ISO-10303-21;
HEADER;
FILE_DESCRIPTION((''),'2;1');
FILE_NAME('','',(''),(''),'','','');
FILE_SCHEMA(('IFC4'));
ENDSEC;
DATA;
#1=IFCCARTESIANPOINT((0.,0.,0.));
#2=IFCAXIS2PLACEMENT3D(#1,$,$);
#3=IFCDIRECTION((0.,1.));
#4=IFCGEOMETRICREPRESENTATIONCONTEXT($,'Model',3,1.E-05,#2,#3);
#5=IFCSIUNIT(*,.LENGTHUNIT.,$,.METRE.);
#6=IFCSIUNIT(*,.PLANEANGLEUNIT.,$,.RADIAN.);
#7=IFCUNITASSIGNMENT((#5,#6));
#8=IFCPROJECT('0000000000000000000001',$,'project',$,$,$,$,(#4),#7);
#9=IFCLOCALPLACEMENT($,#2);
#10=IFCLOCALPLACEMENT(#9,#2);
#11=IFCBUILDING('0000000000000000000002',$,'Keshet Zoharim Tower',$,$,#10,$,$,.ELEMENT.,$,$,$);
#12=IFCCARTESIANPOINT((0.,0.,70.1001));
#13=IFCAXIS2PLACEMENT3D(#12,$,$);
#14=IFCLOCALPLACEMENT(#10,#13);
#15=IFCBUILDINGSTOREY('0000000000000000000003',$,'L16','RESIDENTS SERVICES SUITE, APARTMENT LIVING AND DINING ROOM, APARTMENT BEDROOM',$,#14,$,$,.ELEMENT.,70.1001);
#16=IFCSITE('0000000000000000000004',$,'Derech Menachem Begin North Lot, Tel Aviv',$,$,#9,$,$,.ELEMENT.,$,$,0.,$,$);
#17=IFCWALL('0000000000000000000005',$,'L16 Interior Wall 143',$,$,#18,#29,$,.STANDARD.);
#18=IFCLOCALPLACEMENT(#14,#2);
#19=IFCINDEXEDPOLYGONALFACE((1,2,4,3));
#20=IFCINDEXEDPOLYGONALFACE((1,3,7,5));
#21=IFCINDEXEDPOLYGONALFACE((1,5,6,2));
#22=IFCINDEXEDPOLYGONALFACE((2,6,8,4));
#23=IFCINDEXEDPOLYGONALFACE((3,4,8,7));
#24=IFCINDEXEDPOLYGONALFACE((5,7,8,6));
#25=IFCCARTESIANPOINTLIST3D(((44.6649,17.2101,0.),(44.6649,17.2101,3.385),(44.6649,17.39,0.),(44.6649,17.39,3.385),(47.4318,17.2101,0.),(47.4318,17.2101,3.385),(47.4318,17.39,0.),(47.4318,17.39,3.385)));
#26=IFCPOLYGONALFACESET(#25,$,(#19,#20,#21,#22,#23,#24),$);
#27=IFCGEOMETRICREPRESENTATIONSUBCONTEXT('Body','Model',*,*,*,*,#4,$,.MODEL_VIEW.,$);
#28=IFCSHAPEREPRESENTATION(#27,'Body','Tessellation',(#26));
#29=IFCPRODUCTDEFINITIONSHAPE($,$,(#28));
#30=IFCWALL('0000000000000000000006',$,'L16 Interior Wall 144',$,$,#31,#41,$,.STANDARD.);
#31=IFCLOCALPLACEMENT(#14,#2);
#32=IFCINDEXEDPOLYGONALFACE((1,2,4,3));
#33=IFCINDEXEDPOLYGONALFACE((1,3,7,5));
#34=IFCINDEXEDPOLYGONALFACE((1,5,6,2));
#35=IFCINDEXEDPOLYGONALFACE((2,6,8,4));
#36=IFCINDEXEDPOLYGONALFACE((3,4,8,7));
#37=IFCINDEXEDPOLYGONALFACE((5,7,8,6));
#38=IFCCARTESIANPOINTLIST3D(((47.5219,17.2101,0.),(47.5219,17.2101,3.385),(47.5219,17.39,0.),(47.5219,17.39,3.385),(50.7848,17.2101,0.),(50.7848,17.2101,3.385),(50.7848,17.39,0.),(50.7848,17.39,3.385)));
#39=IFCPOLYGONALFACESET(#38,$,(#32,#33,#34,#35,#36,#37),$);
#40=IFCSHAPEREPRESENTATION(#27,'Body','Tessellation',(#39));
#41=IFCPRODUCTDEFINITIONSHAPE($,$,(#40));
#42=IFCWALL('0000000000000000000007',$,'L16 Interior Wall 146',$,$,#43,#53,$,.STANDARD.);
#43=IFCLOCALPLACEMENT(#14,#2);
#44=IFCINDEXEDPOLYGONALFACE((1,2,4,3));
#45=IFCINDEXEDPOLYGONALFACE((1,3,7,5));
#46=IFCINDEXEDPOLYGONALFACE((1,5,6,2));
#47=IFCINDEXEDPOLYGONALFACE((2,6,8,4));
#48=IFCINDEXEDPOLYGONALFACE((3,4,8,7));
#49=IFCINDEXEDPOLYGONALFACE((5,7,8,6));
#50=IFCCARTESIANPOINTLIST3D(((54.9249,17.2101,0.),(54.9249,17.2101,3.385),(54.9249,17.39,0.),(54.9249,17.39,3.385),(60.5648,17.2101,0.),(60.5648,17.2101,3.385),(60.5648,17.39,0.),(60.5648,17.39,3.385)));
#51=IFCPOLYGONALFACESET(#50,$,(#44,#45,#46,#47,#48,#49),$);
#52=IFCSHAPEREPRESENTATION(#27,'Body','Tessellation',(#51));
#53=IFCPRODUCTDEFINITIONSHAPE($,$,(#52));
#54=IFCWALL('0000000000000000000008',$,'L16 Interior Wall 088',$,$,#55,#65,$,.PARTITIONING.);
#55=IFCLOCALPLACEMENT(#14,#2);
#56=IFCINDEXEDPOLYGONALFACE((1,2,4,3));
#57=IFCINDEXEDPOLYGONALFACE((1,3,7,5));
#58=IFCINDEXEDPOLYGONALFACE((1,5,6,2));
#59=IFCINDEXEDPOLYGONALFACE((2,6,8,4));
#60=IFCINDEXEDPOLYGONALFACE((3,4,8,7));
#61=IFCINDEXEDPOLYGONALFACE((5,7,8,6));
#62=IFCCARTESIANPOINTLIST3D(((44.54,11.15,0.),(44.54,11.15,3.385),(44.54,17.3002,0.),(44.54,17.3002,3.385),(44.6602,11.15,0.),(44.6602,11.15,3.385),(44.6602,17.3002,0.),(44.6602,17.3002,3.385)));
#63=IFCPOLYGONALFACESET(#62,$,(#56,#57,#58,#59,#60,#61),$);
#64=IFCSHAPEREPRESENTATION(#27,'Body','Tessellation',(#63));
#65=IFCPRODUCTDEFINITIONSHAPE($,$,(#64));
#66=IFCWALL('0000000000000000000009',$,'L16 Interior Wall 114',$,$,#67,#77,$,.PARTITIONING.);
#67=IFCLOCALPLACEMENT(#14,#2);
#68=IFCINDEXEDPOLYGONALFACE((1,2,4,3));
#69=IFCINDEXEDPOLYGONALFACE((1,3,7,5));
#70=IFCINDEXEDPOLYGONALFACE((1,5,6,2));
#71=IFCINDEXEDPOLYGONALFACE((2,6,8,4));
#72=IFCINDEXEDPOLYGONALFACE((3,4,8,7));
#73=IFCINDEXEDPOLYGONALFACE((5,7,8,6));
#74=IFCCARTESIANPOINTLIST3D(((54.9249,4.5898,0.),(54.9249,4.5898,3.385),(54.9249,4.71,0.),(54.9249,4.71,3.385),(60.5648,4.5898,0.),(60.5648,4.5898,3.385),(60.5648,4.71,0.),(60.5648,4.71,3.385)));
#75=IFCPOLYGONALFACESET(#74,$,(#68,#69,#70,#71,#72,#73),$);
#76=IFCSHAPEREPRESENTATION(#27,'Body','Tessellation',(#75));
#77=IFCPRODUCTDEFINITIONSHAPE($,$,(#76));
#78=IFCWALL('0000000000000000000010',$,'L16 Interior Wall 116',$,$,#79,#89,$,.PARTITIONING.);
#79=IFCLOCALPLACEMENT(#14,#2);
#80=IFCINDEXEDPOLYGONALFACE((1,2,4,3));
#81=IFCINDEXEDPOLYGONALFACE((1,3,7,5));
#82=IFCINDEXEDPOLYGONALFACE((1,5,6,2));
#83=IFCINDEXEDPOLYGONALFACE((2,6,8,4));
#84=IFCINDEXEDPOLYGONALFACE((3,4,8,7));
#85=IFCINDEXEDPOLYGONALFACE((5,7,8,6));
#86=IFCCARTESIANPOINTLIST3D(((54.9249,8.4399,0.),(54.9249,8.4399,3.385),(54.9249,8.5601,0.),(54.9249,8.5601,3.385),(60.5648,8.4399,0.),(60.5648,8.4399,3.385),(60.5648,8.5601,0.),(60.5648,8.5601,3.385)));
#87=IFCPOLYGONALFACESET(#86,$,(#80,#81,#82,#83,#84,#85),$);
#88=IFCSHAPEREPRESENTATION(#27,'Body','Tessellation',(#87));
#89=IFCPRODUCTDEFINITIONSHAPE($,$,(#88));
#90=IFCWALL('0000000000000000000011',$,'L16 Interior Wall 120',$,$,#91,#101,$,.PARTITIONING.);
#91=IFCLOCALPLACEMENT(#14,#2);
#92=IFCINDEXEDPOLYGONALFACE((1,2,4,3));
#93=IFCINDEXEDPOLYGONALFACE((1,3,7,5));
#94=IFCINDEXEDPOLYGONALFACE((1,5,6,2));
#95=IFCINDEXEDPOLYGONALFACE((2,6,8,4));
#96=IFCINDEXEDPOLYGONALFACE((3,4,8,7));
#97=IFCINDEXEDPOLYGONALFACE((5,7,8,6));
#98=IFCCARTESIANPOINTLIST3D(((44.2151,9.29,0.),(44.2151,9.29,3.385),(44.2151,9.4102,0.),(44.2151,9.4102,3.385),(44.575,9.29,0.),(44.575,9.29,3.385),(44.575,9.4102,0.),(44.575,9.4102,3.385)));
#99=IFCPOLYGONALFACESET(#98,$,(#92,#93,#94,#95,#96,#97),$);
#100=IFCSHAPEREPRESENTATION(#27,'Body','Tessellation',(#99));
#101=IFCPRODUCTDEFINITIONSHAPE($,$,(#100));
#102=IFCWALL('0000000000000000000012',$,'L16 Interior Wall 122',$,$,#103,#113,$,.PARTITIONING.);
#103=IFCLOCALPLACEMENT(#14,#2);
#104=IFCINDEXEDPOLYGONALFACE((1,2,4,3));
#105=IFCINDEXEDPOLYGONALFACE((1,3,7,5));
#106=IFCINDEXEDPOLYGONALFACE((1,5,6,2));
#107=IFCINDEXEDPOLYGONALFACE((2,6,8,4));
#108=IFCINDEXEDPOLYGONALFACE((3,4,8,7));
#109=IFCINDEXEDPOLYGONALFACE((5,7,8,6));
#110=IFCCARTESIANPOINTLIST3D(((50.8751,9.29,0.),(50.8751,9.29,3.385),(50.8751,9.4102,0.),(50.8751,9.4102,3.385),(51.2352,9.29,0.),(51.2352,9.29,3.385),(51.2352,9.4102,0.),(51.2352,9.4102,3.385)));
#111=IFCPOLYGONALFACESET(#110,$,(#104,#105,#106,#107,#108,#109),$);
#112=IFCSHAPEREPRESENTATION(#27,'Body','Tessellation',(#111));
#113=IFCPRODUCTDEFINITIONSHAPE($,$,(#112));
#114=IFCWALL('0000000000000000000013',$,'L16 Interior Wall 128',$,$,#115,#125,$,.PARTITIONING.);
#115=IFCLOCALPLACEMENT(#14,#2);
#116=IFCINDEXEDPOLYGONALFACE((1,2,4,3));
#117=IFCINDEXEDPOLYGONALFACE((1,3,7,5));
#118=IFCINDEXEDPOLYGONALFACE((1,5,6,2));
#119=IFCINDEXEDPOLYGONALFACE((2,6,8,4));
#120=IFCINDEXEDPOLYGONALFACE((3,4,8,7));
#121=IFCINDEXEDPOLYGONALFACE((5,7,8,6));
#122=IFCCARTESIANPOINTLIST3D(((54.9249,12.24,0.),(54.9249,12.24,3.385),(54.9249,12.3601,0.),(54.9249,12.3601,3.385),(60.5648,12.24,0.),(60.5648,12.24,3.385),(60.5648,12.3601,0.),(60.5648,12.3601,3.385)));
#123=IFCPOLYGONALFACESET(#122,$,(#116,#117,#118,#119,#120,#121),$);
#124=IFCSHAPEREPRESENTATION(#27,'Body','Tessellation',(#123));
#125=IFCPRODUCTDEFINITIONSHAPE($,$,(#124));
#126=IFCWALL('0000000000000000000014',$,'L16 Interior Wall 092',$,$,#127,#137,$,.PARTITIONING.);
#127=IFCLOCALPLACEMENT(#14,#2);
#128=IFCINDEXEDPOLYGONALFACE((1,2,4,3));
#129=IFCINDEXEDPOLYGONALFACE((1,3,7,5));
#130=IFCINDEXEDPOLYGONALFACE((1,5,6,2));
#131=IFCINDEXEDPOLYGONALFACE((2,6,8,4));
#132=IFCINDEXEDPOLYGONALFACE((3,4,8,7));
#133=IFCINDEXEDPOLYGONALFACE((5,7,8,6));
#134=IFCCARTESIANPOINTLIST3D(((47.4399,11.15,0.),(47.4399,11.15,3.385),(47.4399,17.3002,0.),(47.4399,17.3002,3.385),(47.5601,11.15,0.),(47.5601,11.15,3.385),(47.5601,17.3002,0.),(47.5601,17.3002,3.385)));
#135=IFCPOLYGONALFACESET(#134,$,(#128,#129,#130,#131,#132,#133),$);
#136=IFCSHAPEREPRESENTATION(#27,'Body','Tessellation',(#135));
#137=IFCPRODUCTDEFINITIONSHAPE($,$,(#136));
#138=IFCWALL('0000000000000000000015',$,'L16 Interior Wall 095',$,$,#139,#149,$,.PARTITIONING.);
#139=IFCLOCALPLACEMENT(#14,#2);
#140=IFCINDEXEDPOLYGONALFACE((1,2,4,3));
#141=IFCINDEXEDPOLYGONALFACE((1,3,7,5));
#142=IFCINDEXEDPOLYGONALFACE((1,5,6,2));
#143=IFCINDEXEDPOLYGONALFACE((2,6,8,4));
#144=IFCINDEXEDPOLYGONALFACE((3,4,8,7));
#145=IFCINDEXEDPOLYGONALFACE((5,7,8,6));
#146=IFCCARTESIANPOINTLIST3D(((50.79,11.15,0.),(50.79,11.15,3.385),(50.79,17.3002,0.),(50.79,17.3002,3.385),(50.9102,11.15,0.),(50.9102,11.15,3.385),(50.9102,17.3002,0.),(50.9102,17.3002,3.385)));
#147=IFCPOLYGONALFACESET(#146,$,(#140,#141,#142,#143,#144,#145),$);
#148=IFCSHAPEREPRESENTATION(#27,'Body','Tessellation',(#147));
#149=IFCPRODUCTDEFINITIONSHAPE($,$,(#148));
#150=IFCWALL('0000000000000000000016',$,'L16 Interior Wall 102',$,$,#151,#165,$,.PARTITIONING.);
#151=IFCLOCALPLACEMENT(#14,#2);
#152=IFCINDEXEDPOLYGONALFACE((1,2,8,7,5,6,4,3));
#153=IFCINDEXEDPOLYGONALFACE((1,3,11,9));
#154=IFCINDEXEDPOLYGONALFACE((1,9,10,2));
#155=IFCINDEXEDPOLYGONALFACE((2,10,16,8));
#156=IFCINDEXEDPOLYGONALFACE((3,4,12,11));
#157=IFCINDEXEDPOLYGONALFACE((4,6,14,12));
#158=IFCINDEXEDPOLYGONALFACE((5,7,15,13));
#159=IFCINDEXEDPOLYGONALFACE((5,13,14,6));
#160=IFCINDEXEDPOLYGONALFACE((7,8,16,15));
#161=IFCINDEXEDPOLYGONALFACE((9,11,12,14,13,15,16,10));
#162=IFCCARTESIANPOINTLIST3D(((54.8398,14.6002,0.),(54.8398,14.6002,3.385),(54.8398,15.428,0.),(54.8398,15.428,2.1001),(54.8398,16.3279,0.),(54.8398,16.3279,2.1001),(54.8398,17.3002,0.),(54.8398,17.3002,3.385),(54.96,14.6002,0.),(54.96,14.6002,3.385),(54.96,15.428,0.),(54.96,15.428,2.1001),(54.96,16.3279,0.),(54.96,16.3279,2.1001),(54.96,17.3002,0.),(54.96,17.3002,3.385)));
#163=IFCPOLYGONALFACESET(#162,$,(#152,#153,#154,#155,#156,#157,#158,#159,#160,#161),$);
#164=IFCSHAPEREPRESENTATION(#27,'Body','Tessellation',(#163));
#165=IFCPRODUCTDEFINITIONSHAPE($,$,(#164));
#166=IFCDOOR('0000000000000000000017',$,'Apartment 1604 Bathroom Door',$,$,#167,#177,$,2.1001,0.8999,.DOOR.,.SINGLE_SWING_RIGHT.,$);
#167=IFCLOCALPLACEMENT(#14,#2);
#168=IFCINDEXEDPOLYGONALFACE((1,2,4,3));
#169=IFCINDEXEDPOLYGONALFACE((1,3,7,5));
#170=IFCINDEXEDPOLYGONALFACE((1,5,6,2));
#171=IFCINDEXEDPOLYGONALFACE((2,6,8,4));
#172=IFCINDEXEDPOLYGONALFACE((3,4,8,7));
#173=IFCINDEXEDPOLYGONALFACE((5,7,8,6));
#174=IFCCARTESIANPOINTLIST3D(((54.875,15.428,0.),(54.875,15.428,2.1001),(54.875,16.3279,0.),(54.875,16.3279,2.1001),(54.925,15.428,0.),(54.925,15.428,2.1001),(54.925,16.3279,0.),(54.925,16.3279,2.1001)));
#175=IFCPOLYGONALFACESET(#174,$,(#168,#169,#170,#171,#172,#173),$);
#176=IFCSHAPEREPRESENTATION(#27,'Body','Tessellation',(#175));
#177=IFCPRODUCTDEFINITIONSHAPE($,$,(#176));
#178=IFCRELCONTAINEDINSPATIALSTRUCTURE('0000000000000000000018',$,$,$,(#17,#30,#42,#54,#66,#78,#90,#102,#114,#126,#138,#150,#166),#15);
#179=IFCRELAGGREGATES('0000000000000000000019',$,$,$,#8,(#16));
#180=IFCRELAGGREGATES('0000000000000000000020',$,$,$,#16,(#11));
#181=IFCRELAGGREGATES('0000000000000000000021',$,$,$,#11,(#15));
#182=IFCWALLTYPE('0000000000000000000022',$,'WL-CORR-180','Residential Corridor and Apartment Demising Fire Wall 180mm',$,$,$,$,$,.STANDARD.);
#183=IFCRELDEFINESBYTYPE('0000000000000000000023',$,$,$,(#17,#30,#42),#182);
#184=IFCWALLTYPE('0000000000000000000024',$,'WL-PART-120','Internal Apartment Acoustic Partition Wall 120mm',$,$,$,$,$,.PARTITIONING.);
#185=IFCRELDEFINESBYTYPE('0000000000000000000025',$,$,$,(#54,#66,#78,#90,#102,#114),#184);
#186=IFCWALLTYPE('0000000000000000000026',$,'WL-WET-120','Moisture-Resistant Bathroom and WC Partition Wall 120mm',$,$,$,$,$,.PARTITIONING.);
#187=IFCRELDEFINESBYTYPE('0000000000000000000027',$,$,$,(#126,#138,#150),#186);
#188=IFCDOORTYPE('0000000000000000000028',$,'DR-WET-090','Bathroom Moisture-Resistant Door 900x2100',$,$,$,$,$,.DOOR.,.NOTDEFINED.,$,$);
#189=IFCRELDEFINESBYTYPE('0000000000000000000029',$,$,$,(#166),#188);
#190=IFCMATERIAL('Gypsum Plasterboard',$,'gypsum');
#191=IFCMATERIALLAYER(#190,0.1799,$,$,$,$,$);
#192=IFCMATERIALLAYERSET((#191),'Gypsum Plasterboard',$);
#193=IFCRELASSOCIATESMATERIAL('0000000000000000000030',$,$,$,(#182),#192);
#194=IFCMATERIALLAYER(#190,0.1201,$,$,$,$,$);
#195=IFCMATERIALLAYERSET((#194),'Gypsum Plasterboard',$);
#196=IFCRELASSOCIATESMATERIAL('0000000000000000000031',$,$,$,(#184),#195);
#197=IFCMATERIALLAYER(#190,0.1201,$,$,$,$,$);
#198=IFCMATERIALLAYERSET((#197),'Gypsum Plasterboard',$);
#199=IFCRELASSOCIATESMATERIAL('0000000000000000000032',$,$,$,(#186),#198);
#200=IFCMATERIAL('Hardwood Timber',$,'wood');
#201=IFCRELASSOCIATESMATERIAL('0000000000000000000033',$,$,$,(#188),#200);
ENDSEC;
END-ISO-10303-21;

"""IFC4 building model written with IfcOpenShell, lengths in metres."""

from ifc_helpers import new_model, si_unit, direction, frame, frame_2d, origin, place, context, subcontext, project, spatial, rectangle, extrude, material, layer, layer_set, type_object, element, fill, save


model = new_model("IFC4")

# Units and contexts
model_context = context("Model", 3, precision=1e-05, world=origin(), true_north=direction((0.0, 1.0)))
body_context = subcontext(model_context, "Body", "Model", "MODEL_VIEW")
ifc_project = project(units=[si_unit("LENGTHUNIT", "METRE"), si_unit("PLANEANGLEUNIT", "RADIAN")], contexts=[model_context])

# Site, building, storey
site_placement = place(None, origin())
site = spatial("IfcSite", under=ifc_project, at=site_placement, Name="Derech Menachem Begin North Lot, Tel Aviv", CompositionType="ELEMENT", RefElevation=0.0)
building_placement = place(site_placement, origin())
building = spatial("IfcBuilding", under=site, at=building_placement, Name="Keshet Zoharim Tower", CompositionType="ELEMENT")
storey_placement = place(building_placement, frame((0.0, 0.0, 70.1001)))
storey = spatial("IfcBuildingStorey", under=building, at=storey_placement, Name="L16", Description="RESIDENTS SERVICES SUITE, APARTMENT LIVING AND DINING ROOM, APARTMENT BEDROOM", CompositionType="ELEMENT", Elevation=70.1001)

# Walls
ifc_material_1 = material(Name="Gypsum Plasterboard", Category="gypsum")
ifc_layer_1 = layer(ifc_material_1, 0.1799)
ifc_layer_set_1 = layer_set([ifc_layer_1], Name="Gypsum Plasterboard")
wall_type_1 = type_object("IfcWallType", Name="WL-CORR-180", Description="Residential Corridor and Apartment Demising Fire Wall 180mm", PredefinedType="STANDARD", material=ifc_layer_set_1)
wall_1_placement = place(storey_placement, frame((44.665, 17.3, 0.0), z_axis=(0.0, 0.0, 1.0), x_axis=(1.0, 0.0, 0.0)))
element("IfcWall", 1, at=wall_1_placement, inside=storey, type_object=wall_type_1, Name="L16 Interior Wall 143", PredefinedType="STANDARD", context=body_context, shape_type="SweptSolid", body=[
    extrude(rectangle(XDim=2.7668, YDim=0.1799, at=frame_2d((1.3833, 0.0))), origin(), (0.0, 0.0, 1.0), 3.385),
])
wall_2_placement = place(storey_placement, frame((47.522, 17.3, 0.0), z_axis=(0.0, 0.0, 1.0), x_axis=(1.0, 0.0, 0.0)))
element("IfcWall", 2, at=wall_2_placement, inside=storey, type_object=wall_type_1, Name="L16 Interior Wall 144", PredefinedType="STANDARD", context=body_context, shape_type="SweptSolid", body=[
    extrude(rectangle(XDim=3.2629, YDim=0.1799, at=frame_2d((1.6313, 0.0))), origin(), (0.0, 0.0, 1.0), 3.385),
])

# Shared definitions
ifc_material_2 = material(Name="Hardwood Timber", Category="wood")

# Walls
wall_3_placement = place(storey_placement, frame((54.925, 17.3, 0.0), z_axis=(0.0, 0.0, 1.0), x_axis=(1.0, 0.0, 0.0)))
element("IfcWall", 3, at=wall_3_placement, inside=storey, type_object=wall_type_1, Name="L16 Interior Wall 146", PredefinedType="STANDARD", context=body_context, shape_type="SweptSolid", body=[
    extrude(rectangle(XDim=5.6399, YDim=0.1799, at=frame_2d((2.8198, 0.0))), origin(), (0.0, 0.0, 1.0), 3.385),
])
ifc_layer_2 = layer(ifc_material_1, 0.1201)
ifc_layer_set_2 = layer_set([ifc_layer_2], Name="Gypsum Plasterboard")
wall_type_2 = type_object("IfcWallType", Name="WL-PART-120", Description="Internal Apartment Acoustic Partition Wall 120mm", PredefinedType="PARTITIONING", material=ifc_layer_set_2)
wall_4_placement = place(storey_placement, frame((44.6001, 11.1499, 0.0), z_axis=(0.0, 0.0, 1.0), x_axis=(0.0, 1.0, 0.0)))
element("IfcWall", 4, at=wall_4_placement, inside=storey, type_object=wall_type_2, Name="L16 Interior Wall 088", PredefinedType="PARTITIONING", context=body_context, shape_type="SweptSolid", body=[
    extrude(rectangle(XDim=6.1501, YDim=0.1201, at=frame_2d((3.0752, 0.0))), origin(), (0.0, 0.0, 1.0), 3.385),
])

# Walls
for number, where, z_axis, x_axis, name in (
    (5, (54.925, 4.6499, 0.0), (0.0, 0.0, 1.0), (1.0, 0.0, 0.0), "L16 Interior Wall 114"),
    (6, (54.925, 8.5, 0.0), (0.0, 0.0, 1.0), (1.0, 0.0, 0.0), "L16 Interior Wall 116"),
):
    element("IfcWall", number, at=place(storey_placement, frame(where, z_axis=z_axis, x_axis=x_axis)), inside=storey, type_object=wall_type_2, Name=name, PredefinedType="PARTITIONING", context=body_context, shape_type="SweptSolid", body=[
        extrude(rectangle(XDim=5.6399, YDim=0.1201, at=frame_2d((2.8198, 0.0))), origin(), (0.0, 0.0, 1.0), 3.385),
    ])
wall_5_placement = place(storey_placement, frame((44.2151, 9.3501, 0.0), z_axis=(0.0, 0.0, 1.0), x_axis=(1.0, 0.0, 0.0)))
element("IfcWall", 7, at=wall_5_placement, inside=storey, type_object=wall_type_2, Name="L16 Interior Wall 120", PredefinedType="PARTITIONING", context=body_context, shape_type="SweptSolid", body=[
    extrude(rectangle(XDim=0.3599, YDim=0.1201, at=frame_2d((0.1799, 0.0))), origin(), (0.0, 0.0, 1.0), 3.385),
])

# Wall
wall_6_placement = place(storey_placement, frame((50.875, 9.3501, 0.0), z_axis=(0.0, 0.0, 1.0), x_axis=(1.0, 0.0, 0.0)))
element("IfcWall", 8, at=wall_6_placement, inside=storey, type_object=wall_type_2, Name="L16 Interior Wall 122", PredefinedType="PARTITIONING", context=body_context, shape_type="SweptSolid", body=[
    extrude(rectangle(XDim=0.3601, YDim=0.1201, at=frame_2d((0.1802, 0.0))), origin(), (0.0, 0.0, 1.0), 3.385),
])

# Walls
wall_7_placement = place(storey_placement, frame((54.925, 12.3, 0.0), z_axis=(0.0, 0.0, 1.0), x_axis=(1.0, 0.0, 0.0)))
element("IfcWall", 9, at=wall_7_placement, inside=storey, type_object=wall_type_2, Name="L16 Interior Wall 128", PredefinedType="PARTITIONING", context=body_context, shape_type="SweptSolid", body=[
    extrude(rectangle(XDim=5.6399, YDim=0.1201, at=frame_2d((2.8198, 0.0))), origin(), (0.0, 0.0, 1.0), 3.385),
])
ifc_layer_3 = layer(ifc_material_1, 0.1201)
ifc_layer_set_3 = layer_set([ifc_layer_3], Name="Gypsum Plasterboard")
wall_type_3 = type_object("IfcWallType", Name="WL-WET-120", Description="Moisture-Resistant Bathroom and WC Partition Wall 120mm", PredefinedType="PARTITIONING", material=ifc_layer_set_3)
for number, where, z_axis, x_axis, name in (
    (10, (47.5, 11.1499, 0.0), (0.0, 0.0, 1.0), (0.0, 1.0, 0.0), "L16 Interior Wall 092"),
    (11, (50.8501, 11.1499, 0.0), (0.0, 0.0, 1.0), (0.0, 1.0, 0.0), "L16 Interior Wall 095"),
):
    element("IfcWall", number, at=place(storey_placement, frame(where, z_axis=z_axis, x_axis=x_axis)), inside=storey, type_object=wall_type_3, Name=name, PredefinedType="PARTITIONING", context=body_context, shape_type="SweptSolid", body=[
        extrude(rectangle(XDim=6.1501, YDim=0.1201, at=frame_2d((3.0752, 0.0))), origin(), (0.0, 0.0, 1.0), 3.385),
    ])

# Wall, opening, door
wall_8_placement = place(storey_placement, frame((54.8999, 14.6001, 0.0), z_axis=(0.0, 0.0, 1.0), x_axis=(0.0, 1.0, 0.0)))
wall_8 = element("IfcWall", 12, at=wall_8_placement, inside=storey, type_object=wall_type_3, Name="L16 Interior Wall 102", PredefinedType="PARTITIONING", context=body_context, shape_type="SweptSolid", body=[
    extrude(rectangle(XDim=2.7, YDim=0.1201, at=frame_2d((1.3501, 0.0))), origin(), (0.0, 0.0, 1.0), 3.385),
])
opening_1_placement = place(wall_8_placement, frame((0.8279, 0.0, 0.0)))
opening_1 = element("IfcOpeningElement", 13, at=opening_1_placement, cuts=wall_8, PredefinedType="OPENING", context=body_context, shape_type="SweptSolid", body=[
    extrude(rectangle(XDim=0.8999, YDim=2.1001, at=frame_2d((0.45, 1.05))), frame((0.0, 0.0701, 0.0), z_axis=(0.0, -1.0, 0.0), x_axis=(1.0, 0.0, 0.0)), (0.0, 0.0, 1.0), 0.1401),
])
door_type_1 = type_object("IfcDoorType", Name="DR-WET-090", Description="Bathroom Moisture-Resistant Door 900x2100", OperationType="NOTDEFINED", PredefinedType="DOOR", material=ifc_material_2)
door_1_placement = place(opening_1_placement, origin())
door_1 = element("IfcDoor", 14, at=door_1_placement, inside=storey, type_object=door_type_1, Name="Apartment 1604 Bathroom Door", OperationType="SINGLE_SWING_RIGHT", OverallHeight=2.1001, OverallWidth=0.8999, PredefinedType="DOOR", context=body_context, shape_type="SweptSolid", body=[
    extrude(rectangle(XDim=0.8999, YDim=2.1001, at=frame_2d((0.45, 1.05))), frame((0.0, 0.0249, 0.0), z_axis=(0.0, -1.0, 0.0), x_axis=(1.0, 0.0, 0.0)), (0.0, 0.0, 1.0), 0.05),
])
fill(opening_1, door_1)

save(model, "model.ifc")
